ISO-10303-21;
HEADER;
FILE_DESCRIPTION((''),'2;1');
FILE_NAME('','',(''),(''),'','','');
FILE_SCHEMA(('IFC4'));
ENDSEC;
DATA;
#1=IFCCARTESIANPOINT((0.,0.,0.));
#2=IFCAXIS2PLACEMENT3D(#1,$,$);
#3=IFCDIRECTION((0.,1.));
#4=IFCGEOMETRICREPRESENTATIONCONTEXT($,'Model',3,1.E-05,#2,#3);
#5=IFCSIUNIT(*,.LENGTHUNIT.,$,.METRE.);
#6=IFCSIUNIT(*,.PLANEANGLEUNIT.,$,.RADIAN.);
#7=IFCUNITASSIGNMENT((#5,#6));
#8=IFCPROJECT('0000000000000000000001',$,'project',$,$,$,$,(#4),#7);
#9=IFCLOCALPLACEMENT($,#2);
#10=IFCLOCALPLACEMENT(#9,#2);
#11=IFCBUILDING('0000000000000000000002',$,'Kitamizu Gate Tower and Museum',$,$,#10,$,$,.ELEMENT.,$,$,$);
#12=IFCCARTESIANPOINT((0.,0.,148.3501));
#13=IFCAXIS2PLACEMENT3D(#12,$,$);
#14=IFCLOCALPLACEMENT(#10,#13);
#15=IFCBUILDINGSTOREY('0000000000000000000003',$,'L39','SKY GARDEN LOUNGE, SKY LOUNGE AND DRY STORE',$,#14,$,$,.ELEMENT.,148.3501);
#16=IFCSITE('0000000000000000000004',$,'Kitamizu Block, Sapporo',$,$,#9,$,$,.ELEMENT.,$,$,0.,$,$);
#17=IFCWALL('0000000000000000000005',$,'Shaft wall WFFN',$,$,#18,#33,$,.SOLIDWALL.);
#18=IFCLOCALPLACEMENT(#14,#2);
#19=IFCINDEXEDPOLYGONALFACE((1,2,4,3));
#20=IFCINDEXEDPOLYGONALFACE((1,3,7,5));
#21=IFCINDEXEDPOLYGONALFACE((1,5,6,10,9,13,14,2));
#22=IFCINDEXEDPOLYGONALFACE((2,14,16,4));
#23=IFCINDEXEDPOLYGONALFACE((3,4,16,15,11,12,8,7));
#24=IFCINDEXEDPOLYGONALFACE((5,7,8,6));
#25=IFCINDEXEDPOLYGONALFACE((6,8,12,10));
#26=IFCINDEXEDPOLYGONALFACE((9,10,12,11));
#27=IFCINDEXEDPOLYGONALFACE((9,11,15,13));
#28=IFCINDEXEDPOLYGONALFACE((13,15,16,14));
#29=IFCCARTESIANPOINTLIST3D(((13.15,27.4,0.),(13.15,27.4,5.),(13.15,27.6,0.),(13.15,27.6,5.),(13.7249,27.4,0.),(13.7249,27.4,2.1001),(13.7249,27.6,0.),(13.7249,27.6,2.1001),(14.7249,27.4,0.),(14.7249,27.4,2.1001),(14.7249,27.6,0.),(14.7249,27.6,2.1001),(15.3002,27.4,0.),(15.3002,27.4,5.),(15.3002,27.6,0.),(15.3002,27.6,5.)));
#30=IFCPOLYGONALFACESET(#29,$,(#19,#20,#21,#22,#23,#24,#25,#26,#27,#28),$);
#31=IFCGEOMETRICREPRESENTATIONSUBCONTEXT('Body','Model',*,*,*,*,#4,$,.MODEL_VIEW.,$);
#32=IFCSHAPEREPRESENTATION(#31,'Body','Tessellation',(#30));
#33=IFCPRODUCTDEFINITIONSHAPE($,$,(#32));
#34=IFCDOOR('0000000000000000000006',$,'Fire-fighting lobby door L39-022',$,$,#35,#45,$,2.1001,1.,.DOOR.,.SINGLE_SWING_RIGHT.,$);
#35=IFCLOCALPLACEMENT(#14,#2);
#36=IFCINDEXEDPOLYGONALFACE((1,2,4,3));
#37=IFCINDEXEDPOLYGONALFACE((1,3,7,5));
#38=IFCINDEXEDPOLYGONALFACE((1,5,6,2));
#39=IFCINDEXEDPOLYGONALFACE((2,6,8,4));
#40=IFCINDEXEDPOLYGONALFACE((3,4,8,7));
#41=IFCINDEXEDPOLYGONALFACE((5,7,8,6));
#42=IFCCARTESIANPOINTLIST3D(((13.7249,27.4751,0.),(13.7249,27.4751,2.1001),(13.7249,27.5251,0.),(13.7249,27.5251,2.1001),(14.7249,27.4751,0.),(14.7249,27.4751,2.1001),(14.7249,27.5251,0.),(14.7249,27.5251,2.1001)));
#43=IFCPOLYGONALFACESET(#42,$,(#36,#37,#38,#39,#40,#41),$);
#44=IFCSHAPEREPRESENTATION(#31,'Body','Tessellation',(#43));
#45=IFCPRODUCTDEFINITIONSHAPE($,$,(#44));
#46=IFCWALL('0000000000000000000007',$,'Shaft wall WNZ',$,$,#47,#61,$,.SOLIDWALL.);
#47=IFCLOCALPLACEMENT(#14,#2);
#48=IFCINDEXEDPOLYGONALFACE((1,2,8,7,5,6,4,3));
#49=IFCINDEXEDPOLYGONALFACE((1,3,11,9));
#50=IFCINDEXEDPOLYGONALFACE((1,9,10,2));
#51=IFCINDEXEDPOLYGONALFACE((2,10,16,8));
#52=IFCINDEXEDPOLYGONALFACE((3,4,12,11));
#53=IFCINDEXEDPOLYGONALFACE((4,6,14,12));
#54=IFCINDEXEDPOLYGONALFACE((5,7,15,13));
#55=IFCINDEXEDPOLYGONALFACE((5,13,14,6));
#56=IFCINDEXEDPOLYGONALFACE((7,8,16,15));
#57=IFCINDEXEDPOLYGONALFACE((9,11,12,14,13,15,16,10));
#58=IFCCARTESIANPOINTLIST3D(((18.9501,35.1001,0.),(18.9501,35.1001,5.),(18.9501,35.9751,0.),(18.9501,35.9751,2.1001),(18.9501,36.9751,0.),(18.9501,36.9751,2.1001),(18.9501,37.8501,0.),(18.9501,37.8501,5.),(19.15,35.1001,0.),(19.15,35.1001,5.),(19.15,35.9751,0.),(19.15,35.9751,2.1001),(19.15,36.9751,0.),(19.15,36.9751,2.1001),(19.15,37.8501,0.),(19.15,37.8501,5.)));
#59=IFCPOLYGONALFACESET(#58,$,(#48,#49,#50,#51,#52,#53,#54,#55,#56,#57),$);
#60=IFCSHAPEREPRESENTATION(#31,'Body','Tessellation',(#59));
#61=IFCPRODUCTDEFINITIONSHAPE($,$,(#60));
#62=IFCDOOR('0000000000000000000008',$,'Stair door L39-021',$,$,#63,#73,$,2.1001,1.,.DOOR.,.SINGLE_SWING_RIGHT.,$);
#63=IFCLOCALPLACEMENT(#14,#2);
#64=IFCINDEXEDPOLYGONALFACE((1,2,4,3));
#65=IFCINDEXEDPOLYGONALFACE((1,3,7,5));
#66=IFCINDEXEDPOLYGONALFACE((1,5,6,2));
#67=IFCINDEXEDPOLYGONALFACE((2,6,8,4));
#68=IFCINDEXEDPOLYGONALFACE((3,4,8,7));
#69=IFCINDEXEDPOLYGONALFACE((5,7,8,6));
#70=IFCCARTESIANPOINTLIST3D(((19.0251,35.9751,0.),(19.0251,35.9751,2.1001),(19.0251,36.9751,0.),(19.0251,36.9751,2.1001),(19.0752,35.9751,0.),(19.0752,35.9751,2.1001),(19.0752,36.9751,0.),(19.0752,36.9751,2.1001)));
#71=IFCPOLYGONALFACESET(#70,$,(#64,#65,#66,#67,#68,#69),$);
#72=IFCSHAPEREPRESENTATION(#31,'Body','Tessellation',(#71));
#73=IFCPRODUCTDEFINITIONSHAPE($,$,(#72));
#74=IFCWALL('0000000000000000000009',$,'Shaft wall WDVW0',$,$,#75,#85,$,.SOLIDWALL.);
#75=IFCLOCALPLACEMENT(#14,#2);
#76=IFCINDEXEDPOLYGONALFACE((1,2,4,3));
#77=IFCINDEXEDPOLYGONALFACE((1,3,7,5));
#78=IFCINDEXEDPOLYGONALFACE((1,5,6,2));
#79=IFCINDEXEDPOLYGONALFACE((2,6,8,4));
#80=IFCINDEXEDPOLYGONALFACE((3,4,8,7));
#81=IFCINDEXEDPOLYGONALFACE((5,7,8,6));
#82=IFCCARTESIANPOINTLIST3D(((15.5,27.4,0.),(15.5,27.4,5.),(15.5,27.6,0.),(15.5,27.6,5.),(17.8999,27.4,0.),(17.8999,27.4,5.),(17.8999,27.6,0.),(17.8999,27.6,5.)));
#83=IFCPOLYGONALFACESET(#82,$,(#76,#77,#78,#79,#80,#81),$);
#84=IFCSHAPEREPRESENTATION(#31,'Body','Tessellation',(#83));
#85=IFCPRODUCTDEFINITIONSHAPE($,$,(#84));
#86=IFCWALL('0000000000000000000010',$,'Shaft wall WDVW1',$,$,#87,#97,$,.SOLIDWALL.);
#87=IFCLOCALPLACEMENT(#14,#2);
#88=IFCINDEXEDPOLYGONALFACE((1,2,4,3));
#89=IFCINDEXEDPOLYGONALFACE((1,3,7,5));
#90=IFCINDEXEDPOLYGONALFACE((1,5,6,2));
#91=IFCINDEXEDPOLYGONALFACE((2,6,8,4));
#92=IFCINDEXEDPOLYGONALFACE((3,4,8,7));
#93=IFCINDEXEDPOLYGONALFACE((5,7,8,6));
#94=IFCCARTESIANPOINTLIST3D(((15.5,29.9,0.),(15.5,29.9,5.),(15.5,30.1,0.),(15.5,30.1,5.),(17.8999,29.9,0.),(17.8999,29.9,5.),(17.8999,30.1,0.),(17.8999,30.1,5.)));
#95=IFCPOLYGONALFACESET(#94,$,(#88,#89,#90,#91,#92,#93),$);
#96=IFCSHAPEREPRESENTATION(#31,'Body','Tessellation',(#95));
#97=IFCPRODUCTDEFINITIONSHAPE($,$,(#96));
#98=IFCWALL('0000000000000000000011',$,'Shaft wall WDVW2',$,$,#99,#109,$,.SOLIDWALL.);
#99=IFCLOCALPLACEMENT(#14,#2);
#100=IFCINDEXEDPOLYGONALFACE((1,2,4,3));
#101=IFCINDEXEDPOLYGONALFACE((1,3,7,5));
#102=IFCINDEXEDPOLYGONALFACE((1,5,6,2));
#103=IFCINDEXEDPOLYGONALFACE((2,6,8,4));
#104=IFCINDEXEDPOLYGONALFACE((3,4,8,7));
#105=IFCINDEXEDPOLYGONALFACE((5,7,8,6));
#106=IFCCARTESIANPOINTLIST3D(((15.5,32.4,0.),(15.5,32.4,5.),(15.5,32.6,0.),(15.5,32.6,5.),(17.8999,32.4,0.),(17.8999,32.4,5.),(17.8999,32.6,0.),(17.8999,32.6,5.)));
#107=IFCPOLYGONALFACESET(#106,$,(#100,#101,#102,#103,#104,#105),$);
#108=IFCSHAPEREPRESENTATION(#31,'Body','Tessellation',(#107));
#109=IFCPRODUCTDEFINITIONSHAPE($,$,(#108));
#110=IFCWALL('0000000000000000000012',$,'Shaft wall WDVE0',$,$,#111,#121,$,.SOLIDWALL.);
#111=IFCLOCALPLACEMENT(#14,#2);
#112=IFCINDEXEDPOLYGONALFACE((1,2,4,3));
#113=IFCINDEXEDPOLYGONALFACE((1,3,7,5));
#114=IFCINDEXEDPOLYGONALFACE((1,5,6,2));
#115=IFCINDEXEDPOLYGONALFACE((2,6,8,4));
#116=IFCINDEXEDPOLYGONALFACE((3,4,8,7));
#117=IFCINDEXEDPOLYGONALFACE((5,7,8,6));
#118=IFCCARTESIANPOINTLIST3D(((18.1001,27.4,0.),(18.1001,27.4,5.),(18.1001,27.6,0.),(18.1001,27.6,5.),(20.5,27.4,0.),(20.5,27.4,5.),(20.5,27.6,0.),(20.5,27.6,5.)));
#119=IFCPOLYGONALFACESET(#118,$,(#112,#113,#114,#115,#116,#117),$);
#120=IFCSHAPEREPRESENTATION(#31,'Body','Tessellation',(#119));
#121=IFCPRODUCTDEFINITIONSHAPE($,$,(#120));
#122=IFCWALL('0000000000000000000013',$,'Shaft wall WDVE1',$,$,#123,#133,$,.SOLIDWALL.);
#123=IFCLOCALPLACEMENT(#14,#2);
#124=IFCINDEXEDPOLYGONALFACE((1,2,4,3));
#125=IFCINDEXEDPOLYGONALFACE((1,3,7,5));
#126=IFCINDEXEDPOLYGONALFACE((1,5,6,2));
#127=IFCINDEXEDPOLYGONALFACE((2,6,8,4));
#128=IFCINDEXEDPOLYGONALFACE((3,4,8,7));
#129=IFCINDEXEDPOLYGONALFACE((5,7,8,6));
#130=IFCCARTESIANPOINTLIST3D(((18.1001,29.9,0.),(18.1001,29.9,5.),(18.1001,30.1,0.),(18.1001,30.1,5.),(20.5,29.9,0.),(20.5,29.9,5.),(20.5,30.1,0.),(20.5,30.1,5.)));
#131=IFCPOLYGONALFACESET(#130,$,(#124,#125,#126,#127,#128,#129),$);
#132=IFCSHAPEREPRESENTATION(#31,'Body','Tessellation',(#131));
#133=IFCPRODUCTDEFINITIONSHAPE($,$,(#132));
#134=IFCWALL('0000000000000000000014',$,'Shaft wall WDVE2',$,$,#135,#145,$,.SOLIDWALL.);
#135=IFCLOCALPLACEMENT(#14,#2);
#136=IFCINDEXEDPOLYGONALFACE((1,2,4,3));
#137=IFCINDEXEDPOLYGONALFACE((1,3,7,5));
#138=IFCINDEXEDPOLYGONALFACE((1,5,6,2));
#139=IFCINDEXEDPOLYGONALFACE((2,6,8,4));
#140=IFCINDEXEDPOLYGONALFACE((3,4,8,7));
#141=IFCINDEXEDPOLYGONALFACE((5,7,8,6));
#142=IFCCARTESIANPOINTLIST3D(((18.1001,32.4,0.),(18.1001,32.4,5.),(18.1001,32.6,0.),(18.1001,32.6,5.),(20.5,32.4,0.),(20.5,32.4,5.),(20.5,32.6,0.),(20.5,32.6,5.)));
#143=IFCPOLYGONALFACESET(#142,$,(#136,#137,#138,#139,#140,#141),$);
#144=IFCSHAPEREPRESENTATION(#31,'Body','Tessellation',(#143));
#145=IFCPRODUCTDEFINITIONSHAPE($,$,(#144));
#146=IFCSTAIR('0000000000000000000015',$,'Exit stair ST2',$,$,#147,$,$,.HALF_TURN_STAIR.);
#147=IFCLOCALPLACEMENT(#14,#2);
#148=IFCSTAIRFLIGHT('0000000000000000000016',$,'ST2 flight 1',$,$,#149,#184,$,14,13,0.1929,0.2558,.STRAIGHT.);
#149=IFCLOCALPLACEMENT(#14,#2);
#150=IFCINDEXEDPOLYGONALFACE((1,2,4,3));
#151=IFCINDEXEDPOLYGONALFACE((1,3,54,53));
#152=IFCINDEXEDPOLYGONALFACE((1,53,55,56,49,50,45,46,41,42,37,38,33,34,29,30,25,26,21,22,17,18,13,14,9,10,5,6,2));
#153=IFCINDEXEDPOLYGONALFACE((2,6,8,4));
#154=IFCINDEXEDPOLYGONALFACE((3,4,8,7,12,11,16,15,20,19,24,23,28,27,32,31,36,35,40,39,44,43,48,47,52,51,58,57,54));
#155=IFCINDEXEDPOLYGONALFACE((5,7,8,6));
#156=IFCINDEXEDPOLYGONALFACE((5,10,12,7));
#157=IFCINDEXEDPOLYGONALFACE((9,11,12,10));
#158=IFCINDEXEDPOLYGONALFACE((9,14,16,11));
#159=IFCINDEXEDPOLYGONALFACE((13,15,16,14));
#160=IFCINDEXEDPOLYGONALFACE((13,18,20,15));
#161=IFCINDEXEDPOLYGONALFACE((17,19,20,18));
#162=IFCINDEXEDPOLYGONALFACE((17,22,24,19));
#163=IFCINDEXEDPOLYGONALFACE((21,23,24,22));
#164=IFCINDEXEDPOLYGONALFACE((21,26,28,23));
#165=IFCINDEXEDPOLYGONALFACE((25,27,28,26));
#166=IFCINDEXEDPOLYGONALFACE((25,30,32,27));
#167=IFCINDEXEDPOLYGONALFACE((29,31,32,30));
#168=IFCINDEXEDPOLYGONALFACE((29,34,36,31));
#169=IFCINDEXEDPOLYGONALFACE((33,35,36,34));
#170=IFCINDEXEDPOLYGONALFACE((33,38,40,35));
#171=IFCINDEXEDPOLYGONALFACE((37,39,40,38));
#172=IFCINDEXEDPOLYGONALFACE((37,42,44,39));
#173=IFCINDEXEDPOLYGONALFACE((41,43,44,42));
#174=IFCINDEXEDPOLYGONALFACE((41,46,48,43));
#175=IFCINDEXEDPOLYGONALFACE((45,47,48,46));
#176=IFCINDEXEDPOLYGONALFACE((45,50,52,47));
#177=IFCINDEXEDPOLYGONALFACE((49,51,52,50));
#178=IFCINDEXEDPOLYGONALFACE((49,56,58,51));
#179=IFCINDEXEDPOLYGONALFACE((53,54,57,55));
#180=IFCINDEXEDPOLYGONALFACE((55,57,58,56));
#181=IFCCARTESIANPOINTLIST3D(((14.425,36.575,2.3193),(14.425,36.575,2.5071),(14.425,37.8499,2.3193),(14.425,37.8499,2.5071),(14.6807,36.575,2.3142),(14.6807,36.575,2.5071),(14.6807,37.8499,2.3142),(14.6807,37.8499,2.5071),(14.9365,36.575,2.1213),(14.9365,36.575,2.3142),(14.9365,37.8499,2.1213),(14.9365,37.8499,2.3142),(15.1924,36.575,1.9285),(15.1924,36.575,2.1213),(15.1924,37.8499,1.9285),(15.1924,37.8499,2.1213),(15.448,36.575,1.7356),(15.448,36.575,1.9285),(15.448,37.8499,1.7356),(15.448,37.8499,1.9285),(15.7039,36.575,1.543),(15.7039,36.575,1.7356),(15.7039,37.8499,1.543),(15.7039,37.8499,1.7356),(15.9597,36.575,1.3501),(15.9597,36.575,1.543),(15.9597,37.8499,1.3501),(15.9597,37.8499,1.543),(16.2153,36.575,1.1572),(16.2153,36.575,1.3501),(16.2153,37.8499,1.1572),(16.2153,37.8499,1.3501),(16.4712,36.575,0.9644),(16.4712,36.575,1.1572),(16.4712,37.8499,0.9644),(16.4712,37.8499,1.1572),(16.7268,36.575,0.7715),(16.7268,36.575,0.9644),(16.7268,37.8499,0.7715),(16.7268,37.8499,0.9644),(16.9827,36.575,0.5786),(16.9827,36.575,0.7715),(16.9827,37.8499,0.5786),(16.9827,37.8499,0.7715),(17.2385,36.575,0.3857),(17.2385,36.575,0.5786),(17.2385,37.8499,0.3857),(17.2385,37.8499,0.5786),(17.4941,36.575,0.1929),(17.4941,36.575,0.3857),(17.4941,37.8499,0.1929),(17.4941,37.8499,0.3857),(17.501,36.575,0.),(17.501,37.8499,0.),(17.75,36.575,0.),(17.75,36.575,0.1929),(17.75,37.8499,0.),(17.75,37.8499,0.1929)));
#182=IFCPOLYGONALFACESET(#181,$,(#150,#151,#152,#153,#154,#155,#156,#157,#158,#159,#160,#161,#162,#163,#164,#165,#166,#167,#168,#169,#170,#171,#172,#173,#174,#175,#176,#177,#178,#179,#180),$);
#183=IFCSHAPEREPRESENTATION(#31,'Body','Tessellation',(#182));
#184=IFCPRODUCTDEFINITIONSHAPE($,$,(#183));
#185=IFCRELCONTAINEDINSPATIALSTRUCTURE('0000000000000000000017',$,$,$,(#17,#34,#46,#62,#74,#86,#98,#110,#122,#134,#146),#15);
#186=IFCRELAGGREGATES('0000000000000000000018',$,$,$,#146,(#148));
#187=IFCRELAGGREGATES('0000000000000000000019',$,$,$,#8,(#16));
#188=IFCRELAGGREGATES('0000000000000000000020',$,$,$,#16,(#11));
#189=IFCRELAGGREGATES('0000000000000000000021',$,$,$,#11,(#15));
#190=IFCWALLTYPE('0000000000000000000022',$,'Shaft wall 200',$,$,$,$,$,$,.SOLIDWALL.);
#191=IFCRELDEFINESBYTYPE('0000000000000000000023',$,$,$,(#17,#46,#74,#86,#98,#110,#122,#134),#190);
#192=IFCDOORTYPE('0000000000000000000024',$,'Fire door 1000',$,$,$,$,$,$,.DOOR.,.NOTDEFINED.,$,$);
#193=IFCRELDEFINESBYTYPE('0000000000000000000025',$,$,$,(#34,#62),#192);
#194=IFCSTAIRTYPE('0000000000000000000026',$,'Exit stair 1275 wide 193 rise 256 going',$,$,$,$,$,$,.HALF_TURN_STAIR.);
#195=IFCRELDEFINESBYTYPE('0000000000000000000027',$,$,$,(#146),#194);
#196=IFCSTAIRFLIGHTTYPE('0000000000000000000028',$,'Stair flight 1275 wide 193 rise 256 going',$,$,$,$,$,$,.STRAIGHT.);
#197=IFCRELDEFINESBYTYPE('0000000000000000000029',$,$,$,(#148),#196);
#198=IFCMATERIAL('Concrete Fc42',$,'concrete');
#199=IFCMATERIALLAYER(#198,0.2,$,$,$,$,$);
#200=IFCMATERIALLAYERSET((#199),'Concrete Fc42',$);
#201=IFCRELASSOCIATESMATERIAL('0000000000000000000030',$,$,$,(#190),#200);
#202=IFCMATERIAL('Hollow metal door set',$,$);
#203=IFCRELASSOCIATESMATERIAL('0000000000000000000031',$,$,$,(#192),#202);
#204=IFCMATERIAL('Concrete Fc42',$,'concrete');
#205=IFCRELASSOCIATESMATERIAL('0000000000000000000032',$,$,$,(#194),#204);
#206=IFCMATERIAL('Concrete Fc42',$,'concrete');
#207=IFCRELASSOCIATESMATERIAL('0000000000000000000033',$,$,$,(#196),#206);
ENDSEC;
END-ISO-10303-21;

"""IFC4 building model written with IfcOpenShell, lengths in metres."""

from ifc_helpers import new_model, si_unit, direction, frame, frame_2d, origin, place, context, subcontext, project, spatial, polyline, rectangle, outline, extrude, material, layer, layer_set, type_object, element, fill, aggregate, save


model = new_model("IFC4")

# Units and contexts
model_context = context("Model", 3, precision=1e-05, world=origin(), true_north=direction((0.0, 1.0)))
body_context = subcontext(model_context, "Body", "Model", "MODEL_VIEW")
ifc_project = project(units=[si_unit("LENGTHUNIT", "METRE"), si_unit("PLANEANGLEUNIT", "RADIAN")], contexts=[model_context])

# Site, building, storey
site_placement = place(None, origin())
site = spatial("IfcSite", under=ifc_project, at=site_placement, Name="Kitamizu Block, Sapporo", CompositionType="ELEMENT", RefElevation=0.0)
building_placement = place(site_placement, origin())
building = spatial("IfcBuilding", under=site, at=building_placement, Name="Kitamizu Gate Tower and Museum", CompositionType="ELEMENT")
storey_placement = place(building_placement, frame((0.0, 0.0, 148.3501)))
storey = spatial("IfcBuildingStorey", under=building, at=storey_placement, Name="L39", Description="SKY GARDEN LOUNGE, SKY LOUNGE AND DRY STORE", CompositionType="ELEMENT", Elevation=148.3501)

# Shared definitions
ifc_material_1 = material(Name="Concrete Fc42", Category="concrete")
ifc_layer_1 = layer(ifc_material_1, 0.2)
ifc_layer_set_1 = layer_set([ifc_layer_1], Name="Concrete Fc42")
wall_type_1 = type_object("IfcWallType", Name="Shaft wall 200", PredefinedType="SOLIDWALL", material=ifc_layer_set_1)

# Walls, openings, doors
wall_1_placement = place(storey_placement, frame((13.1499, 27.5, 0.0), z_axis=(0.0, 0.0, 1.0), x_axis=(1.0, 0.0, 0.0)))
wall_1 = element("IfcWall", 1, at=wall_1_placement, inside=storey, type_object=wall_type_1, Name="Shaft wall WFFN", PredefinedType="SOLIDWALL", context=body_context, shape_type="SweptSolid", body=[
    extrude(rectangle(XDim=2.1501, YDim=0.2, at=frame_2d((1.0752, 0.0))), origin(), (0.0, 0.0, 1.0), 5.0),
])
opening_1_placement = place(wall_1_placement, frame((0.575, 0.0, 0.0)))
opening_1 = element("IfcOpeningElement", 2, at=opening_1_placement, cuts=wall_1, PredefinedType="OPENING", context=body_context, shape_type="SweptSolid", body=[
    extrude(rectangle(XDim=1.0, YDim=2.1001, at=frame_2d((0.5, 1.05))), frame((0.0, 0.1099, 0.0), z_axis=(0.0, -1.0, 0.0), x_axis=(1.0, 0.0, 0.0)), (0.0, 0.0, 1.0), 0.22),
])
ifc_material_2 = material(Name="Hollow metal door set")
door_type_1 = type_object("IfcDoorType", Name="Fire door 1000", OperationType="NOTDEFINED", PredefinedType="DOOR", material=ifc_material_2)
door_1_placement = place(opening_1_placement, frame((1.0, 0.0, 0.0), x_axis=(-1.0, 0.0, 0.0)))
door_1 = element("IfcDoor", 3, at=door_1_placement, inside=storey, type_object=door_type_1, Name="Fire-fighting lobby door L39-022", OperationType="SINGLE_SWING_RIGHT", OverallHeight=2.1001, OverallWidth=1.0, PredefinedType="DOOR", context=body_context, shape_type="SweptSolid", body=[
    extrude(rectangle(XDim=1.0, YDim=2.1001, at=frame_2d((0.5, 1.05))), frame((0.0, 0.0249, 0.0), z_axis=(0.0, -1.0, 0.0), x_axis=(1.0, 0.0, 0.0)), (0.0, 0.0, 1.0), 0.05),
])
fill(opening_1, door_1)
wall_2_placement = place(storey_placement, frame((19.05, 35.1001, 0.0), z_axis=(0.0, 0.0, 1.0), x_axis=(0.0, 1.0, 0.0)))
wall_2 = element("IfcWall", 4, at=wall_2_placement, inside=storey, type_object=wall_type_1, Name="Shaft wall WNZ", PredefinedType="SOLIDWALL", context=body_context, shape_type="SweptSolid", body=[
    extrude(rectangle(XDim=2.75, YDim=0.2, at=frame_2d((1.375, 0.0))), origin(), (0.0, 0.0, 1.0), 5.0),
])
opening_2_placement = place(wall_2_placement, frame((0.875, 0.0, 0.0)))
opening_2 = element("IfcOpeningElement", 5, at=opening_2_placement, cuts=wall_2, PredefinedType="OPENING", context=body_context, shape_type="SweptSolid", body=[
    extrude(rectangle(XDim=1.0, YDim=2.1001, at=frame_2d((0.5, 1.05))), frame((0.0, 0.1099, 0.0), z_axis=(0.0, -1.0, 0.0), x_axis=(1.0, 0.0, 0.0)), (0.0, 0.0, 1.0), 0.22),
])
door_2_placement = place(opening_2_placement, origin())
door_2 = element("IfcDoor", 6, at=door_2_placement, inside=storey, type_object=door_type_1, Name="Stair door L39-021", OperationType="SINGLE_SWING_RIGHT", OverallHeight=2.1001, OverallWidth=1.0, PredefinedType="DOOR", context=body_context, shape_type="SweptSolid", body=[
    extrude(rectangle(XDim=1.0, YDim=2.1001, at=frame_2d((0.5, 1.05))), frame((0.0, 0.0249, 0.0), z_axis=(0.0, -1.0, 0.0), x_axis=(1.0, 0.0, 0.0)), (0.0, 0.0, 1.0), 0.05),
])
fill(opening_2, door_2)

# Walls
for number, where, z_axis, x_axis, name in (
    (7, (15.5, 27.5, 0.0), (0.0, 0.0, 1.0), (1.0, 0.0, 0.0), "Shaft wall WDVW0"),
    (8, (15.5, 30.0, 0.0), (0.0, 0.0, 1.0), (1.0, 0.0, 0.0), "Shaft wall WDVW1"),
    (9, (15.5, 32.5, 0.0), (0.0, 0.0, 1.0), (1.0, 0.0, 0.0), "Shaft wall WDVW2"),
    (10, (18.1001, 27.5, 0.0), (0.0, 0.0, 1.0), (1.0, 0.0, 0.0), "Shaft wall WDVE0"),
    (11, (18.1001, 30.0, 0.0), (0.0, 0.0, 1.0), (1.0, 0.0, 0.0), "Shaft wall WDVE1"),
    (12, (18.1001, 32.5, 0.0), (0.0, 0.0, 1.0), (1.0, 0.0, 0.0), "Shaft wall WDVE2"),
):
    element("IfcWall", number, at=place(storey_placement, frame(where, z_axis=z_axis, x_axis=x_axis)), inside=storey, type_object=wall_type_1, Name=name, PredefinedType="SOLIDWALL", context=body_context, shape_type="SweptSolid", body=[
        extrude(rectangle(XDim=2.3999, YDim=0.2, at=frame_2d((1.2, 0.0))), origin(), (0.0, 0.0, 1.0), 5.0),
    ])

# Stair, stair flight
ifc_material_3 = material(Name="Concrete Fc42", Category="concrete")
stair_type = type_object("IfcStairType", Name="Exit stair 1275 wide 193 rise 256 going", PredefinedType="HALF_TURN_STAIR", material=ifc_material_3)
stair_placement = place(storey_placement, origin())
stair = element("IfcStair", 13, at=stair_placement, inside=storey, type_object=stair_type, Name="Exit stair ST2", PredefinedType="HALF_TURN_STAIR")
ifc_material_4 = material(Name="Concrete Fc42", Category="concrete")
stair_flight_type = type_object("IfcStairFlightType", Name="Stair flight 1275 wide 193 rise 256 going", PredefinedType="STRAIGHT", material=ifc_material_4)
stair_flight_1_placement = place(storey_placement, frame((17.75, 37.2124, 0.0), z_axis=(0.0, 0.0, 1.0), x_axis=(-1.0, 0.0, 0.0)))
stair_flight_1 = element("IfcStairFlight", 14, at=stair_flight_1_placement, type_object=stair_flight_type, Name="ST2 flight 1", NumberOfRisers=14, NumberOfTreads=13, PredefinedType="STRAIGHT", RiserHeight=0.1929, TreadLength=0.2558, context=body_context, shape_type="SweptSolid", body=[
    extrude(outline(polyline([(0.0, 0.0), (0.0, 0.1929), (0.2559, 0.1929), (0.2559, 0.3857), (0.5115, 0.3857), (0.5115, 0.5786), (0.7673, 0.5786), (0.7673, 0.7715), (1.0232, 0.7715), (1.0232, 0.9644), (1.2788, 0.9644), (1.2788, 1.1572), (1.5347, 1.1572), (1.5347, 1.3501), (1.7903, 1.3501), (1.7903, 1.543), (2.0461, 1.543), (2.0461, 1.7356), (2.302, 1.7356), (2.302, 1.9285), (2.5576, 1.9285), (2.5576, 2.1213), (2.8135, 2.1213), (2.8135, 2.3142), (3.0693, 2.3142), (3.0693, 2.5071), (3.325, 2.5071), (3.325, 2.7), (3.325, 2.3193), (0.249, 0.0), (0.0, 0.0)])), frame((0.0, 0.6375, 0.0), z_axis=(0.0, -1.0, 0.0), x_axis=(1.0, 0.0, 0.0)), (0.0, 0.0, 1.0), 1.2749),
])
aggregate(stair, [stair_flight_1])

save(model, "model.ifc")
